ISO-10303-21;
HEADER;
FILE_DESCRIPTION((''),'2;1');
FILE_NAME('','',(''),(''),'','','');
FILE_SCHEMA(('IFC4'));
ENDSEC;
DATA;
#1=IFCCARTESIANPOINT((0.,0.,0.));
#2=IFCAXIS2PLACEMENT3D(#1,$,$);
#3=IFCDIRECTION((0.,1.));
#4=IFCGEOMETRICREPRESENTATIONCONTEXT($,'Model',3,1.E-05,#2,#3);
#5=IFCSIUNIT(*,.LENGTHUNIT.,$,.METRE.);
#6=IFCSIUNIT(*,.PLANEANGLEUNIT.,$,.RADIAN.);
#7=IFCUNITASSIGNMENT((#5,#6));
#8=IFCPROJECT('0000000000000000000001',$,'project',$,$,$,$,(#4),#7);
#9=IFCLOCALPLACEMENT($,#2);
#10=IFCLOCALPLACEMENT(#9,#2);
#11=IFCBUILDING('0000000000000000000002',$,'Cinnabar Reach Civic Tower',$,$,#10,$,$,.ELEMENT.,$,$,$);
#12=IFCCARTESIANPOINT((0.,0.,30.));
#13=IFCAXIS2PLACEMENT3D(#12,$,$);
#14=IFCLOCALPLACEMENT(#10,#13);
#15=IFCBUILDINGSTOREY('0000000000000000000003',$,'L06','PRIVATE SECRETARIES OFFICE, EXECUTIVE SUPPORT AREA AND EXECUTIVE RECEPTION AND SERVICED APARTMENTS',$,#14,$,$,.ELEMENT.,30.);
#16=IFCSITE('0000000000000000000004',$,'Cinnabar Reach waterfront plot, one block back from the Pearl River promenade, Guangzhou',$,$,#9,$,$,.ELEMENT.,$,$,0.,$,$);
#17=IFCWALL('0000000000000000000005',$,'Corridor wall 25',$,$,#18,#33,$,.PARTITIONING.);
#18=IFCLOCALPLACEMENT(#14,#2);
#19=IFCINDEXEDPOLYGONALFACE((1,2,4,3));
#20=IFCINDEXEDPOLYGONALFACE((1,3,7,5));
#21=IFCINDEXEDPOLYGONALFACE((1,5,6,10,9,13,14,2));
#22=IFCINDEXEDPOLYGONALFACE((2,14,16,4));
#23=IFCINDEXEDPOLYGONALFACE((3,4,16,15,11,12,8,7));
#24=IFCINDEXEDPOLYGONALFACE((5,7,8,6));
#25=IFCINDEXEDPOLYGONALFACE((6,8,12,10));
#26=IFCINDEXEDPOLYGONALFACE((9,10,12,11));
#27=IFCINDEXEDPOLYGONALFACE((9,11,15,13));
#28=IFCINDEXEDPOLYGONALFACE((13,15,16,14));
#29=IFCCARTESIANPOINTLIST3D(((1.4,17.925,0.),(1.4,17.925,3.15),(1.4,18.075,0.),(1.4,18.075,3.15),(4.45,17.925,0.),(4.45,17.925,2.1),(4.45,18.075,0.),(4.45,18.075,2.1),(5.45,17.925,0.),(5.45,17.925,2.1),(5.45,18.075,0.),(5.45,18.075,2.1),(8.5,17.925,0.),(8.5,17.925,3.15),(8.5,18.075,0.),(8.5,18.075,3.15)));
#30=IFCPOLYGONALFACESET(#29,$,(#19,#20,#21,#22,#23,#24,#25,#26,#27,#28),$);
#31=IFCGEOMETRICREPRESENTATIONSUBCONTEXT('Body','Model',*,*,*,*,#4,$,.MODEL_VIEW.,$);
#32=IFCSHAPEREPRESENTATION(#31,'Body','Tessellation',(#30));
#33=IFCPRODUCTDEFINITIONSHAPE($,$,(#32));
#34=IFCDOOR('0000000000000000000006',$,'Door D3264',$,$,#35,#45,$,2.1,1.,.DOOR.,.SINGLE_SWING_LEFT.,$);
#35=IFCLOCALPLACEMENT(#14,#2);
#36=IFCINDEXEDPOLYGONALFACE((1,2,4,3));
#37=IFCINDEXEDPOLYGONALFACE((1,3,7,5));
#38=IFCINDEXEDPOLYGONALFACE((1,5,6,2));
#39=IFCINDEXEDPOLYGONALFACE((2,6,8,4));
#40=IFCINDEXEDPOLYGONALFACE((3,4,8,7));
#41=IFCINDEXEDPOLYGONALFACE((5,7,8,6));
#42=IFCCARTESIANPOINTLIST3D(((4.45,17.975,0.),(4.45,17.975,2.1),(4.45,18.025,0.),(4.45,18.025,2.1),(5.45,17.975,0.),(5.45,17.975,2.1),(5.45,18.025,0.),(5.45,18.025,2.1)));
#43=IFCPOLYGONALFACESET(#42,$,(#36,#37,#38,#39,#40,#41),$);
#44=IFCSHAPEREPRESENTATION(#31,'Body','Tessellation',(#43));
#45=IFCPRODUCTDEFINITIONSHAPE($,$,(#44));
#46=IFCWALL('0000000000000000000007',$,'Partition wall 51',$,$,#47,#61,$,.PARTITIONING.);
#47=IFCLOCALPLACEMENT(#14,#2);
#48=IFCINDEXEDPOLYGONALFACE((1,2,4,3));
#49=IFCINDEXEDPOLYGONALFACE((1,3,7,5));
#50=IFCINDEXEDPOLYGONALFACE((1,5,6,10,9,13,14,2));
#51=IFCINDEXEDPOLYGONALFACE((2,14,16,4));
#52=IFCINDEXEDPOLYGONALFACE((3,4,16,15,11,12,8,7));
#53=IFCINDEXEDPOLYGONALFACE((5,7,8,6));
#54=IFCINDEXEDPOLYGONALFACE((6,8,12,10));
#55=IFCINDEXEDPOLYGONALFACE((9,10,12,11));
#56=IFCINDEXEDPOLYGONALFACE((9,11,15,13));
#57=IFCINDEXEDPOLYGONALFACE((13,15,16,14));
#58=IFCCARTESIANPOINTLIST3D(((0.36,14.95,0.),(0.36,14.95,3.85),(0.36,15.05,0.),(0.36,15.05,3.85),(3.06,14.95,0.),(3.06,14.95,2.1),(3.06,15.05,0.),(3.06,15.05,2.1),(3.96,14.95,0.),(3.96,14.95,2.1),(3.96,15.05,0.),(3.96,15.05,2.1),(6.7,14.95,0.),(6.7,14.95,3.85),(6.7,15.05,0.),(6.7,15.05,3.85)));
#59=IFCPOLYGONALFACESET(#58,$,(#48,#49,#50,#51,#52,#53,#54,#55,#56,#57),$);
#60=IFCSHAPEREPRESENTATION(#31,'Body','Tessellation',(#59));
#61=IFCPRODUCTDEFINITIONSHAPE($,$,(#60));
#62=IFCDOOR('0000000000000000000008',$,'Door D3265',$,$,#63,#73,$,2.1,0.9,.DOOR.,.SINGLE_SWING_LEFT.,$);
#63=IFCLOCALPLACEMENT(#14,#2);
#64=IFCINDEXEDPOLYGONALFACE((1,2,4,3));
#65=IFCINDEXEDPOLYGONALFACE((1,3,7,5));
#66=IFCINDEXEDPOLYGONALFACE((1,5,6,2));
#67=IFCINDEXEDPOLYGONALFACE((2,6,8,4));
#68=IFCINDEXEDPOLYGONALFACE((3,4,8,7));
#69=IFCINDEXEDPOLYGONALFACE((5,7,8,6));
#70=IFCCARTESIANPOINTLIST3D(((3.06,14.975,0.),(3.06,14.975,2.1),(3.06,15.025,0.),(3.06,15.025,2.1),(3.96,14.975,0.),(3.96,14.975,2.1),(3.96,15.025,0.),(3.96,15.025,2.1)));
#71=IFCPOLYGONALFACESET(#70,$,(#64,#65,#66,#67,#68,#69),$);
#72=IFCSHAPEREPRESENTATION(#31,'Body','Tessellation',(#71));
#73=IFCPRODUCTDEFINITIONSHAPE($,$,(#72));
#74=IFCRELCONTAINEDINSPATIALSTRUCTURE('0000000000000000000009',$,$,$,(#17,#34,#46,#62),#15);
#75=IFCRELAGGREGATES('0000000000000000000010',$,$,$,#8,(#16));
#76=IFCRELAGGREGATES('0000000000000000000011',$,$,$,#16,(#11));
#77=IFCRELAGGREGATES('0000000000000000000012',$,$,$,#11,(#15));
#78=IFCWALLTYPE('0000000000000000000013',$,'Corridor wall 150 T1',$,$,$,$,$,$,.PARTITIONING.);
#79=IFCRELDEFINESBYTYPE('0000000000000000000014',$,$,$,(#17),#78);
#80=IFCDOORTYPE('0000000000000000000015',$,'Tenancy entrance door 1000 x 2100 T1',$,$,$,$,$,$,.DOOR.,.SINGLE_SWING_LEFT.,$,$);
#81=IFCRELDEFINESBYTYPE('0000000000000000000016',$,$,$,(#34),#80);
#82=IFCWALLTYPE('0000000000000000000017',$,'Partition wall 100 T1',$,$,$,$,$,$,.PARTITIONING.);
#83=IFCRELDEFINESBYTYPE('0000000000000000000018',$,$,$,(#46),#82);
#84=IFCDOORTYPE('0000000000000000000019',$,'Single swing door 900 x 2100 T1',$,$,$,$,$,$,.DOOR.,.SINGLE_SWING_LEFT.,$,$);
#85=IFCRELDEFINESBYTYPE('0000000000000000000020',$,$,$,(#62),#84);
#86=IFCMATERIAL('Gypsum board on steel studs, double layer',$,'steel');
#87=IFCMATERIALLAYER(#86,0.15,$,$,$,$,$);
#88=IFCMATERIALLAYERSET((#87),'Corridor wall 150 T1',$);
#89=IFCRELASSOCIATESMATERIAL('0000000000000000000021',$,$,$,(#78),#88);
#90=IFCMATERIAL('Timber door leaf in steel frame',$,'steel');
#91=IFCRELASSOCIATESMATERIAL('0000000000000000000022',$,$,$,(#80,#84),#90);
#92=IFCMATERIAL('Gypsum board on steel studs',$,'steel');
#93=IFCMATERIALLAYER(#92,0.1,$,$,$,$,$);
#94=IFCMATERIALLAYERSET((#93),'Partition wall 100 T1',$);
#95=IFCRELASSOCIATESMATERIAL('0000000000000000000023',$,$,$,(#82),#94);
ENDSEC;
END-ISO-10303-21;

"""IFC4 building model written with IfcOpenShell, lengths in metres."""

from ifc_helpers import new_model, si_unit, direction, frame, frame_2d, origin, place, context, subcontext, project, spatial, rectangle, extrude, material, layer, layer_set, type_object, element, fill, save


model = new_model("IFC4")

# Units and contexts
model_context = context("Model", 3, precision=1e-05, world=origin(), true_north=direction((0.0, 1.0)))
body_context = subcontext(model_context, "Body", "Model", "MODEL_VIEW")
ifc_project = project(units=[si_unit("LENGTHUNIT", "METRE"), si_unit("PLANEANGLEUNIT", "RADIAN")], contexts=[model_context])

# Site, building, storey
site_placement = place(None, origin())
site = spatial("IfcSite", under=ifc_project, at=site_placement, Name="Cinnabar Reach waterfront plot, one block back from the Pearl River promenade, Guangzhou", CompositionType="ELEMENT", RefElevation=0.0)
building_placement = place(site_placement, origin())
building = spatial("IfcBuilding", under=site, at=building_placement, Name="Cinnabar Reach Civic Tower", CompositionType="ELEMENT")
storey_placement = place(building_placement, frame((0.0, 0.0, 30.0)))
storey = spatial("IfcBuildingStorey", under=building, at=storey_placement, Name="L06", Description="PRIVATE SECRETARIES OFFICE, EXECUTIVE SUPPORT AREA AND EXECUTIVE RECEPTION AND SERVICED APARTMENTS", CompositionType="ELEMENT", Elevation=30.0)

# Walls, openings, doors
ifc_material_1 = material(Name="Gypsum board on steel studs, double layer", Category="steel")
ifc_layer_1 = layer(ifc_material_1, 0.15)
ifc_layer_set_1 = layer_set([ifc_layer_1], Name="Corridor wall 150 T1")
wall_type_1 = type_object("IfcWallType", Name="Corridor wall 150 T1", PredefinedType="PARTITIONING", material=ifc_layer_set_1)
wall_1_placement = place(storey_placement, frame((1.4, 18.0, 0.0), z_axis=(0.0, 0.0, 1.0), x_axis=(1.0, 0.0, 0.0)))
wall_1 = element("IfcWall", 1, at=wall_1_placement, inside=storey, type_object=wall_type_1, Name="Corridor wall 25", PredefinedType="PARTITIONING", context=body_context, shape_type="SweptSolid", body=[
    extrude(rectangle(XDim=7.1, YDim=0.15, at=frame_2d((3.55, 0.0))), origin(), (0.0, 0.0, 1.0), 3.15),
])
opening_1_placement = place(wall_1_placement, frame((3.05, 0.0, 0.0)))
opening_1 = element("IfcOpeningElement", 2, at=opening_1_placement, cuts=wall_1, PredefinedType="OPENING", context=body_context, shape_type="SweptSolid", body=[
    extrude(rectangle(XDim=1.0, YDim=2.1, at=frame_2d((0.5, 1.05))), frame((0.0, 0.085, 0.0), z_axis=(0.0, -1.0, 0.0), x_axis=(1.0, 0.0, 0.0)), (0.0, 0.0, 1.0), 0.17),
])
ifc_material_2 = material(Name="Timber door leaf in steel frame", Category="steel")
door_type_1 = type_object("IfcDoorType", Name="Tenancy entrance door 1000 x 2100 T1", OperationType="SINGLE_SWING_LEFT", PredefinedType="DOOR", material=ifc_material_2)
door_1_placement = place(opening_1_placement, frame((1.0, 0.0, 0.0), z_axis=(0.0, 0.0, 1.0), x_axis=(-1.0, 0.0, 0.0)))
door_1 = element("IfcDoor", 3, at=door_1_placement, inside=storey, type_object=door_type_1, Name="Door D3264", OperationType="SINGLE_SWING_LEFT", OverallHeight=2.1, OverallWidth=1.0, PredefinedType="DOOR", context=body_context, shape_type="SweptSolid", body=[
    extrude(rectangle(XDim=1.0, YDim=2.1, at=frame_2d((0.5, 1.05))), frame((0.0, 0.025, 0.0), z_axis=(0.0, -1.0, 0.0), x_axis=(1.0, 0.0, 0.0)), (0.0, 0.0, 1.0), 0.05),
])
fill(opening_1, door_1)
ifc_material_3 = material(Name="Gypsum board on steel studs", Category="steel")
ifc_layer_2 = layer(ifc_material_3, 0.1)
ifc_layer_set_2 = layer_set([ifc_layer_2], Name="Partition wall 100 T1")
wall_type_2 = type_object("IfcWallType", Name="Partition wall 100 T1", PredefinedType="PARTITIONING", material=ifc_layer_set_2)
wall_2_placement = place(storey_placement, frame((0.36, 15.0, 0.0), z_axis=(0.0, 0.0, 1.0), x_axis=(1.0, 0.0, 0.0)))
wall_2 = element("IfcWall", 4, at=wall_2_placement, inside=storey, type_object=wall_type_2, Name="Partition wall 51", PredefinedType="PARTITIONING", context=body_context, shape_type="SweptSolid", body=[
    extrude(rectangle(XDim=6.34, YDim=0.1, at=frame_2d((3.17, 0.0))), origin(), (0.0, 0.0, 1.0), 3.85),
])
opening_2_placement = place(wall_2_placement, frame((2.7, 0.0, 0.0)))
opening_2 = element("IfcOpeningElement", 5, at=opening_2_placement, cuts=wall_2, PredefinedType="OPENING", context=body_context, shape_type="SweptSolid", body=[
    extrude(rectangle(XDim=0.9, YDim=2.1, at=frame_2d((0.45, 1.05))), frame((0.0, 0.06, 0.0), z_axis=(0.0, -1.0, 0.0), x_axis=(1.0, 0.0, 0.0)), (0.0, 0.0, 1.0), 0.12),
])
door_type_2 = type_object("IfcDoorType", Name="Single swing door 900 x 2100 T1", OperationType="SINGLE_SWING_LEFT", PredefinedType="DOOR", material=ifc_material_2)
door_2_placement = place(opening_2_placement, origin())
door_2 = element("IfcDoor", 6, at=door_2_placement, inside=storey, type_object=door_type_2, Name="Door D3265", OperationType="SINGLE_SWING_LEFT", OverallHeight=2.1, OverallWidth=0.9, PredefinedType="DOOR", context=body_context, shape_type="SweptSolid", body=[
    extrude(rectangle(XDim=0.9, YDim=2.1, at=frame_2d((0.45, 1.05))), frame((0.0, 0.025, 0.0), z_axis=(0.0, -1.0, 0.0), x_axis=(1.0, 0.0, 0.0)), (0.0, 0.0, 1.0), 0.05),
])
fill(opening_2, door_2)

save(model, "model.ifc")
